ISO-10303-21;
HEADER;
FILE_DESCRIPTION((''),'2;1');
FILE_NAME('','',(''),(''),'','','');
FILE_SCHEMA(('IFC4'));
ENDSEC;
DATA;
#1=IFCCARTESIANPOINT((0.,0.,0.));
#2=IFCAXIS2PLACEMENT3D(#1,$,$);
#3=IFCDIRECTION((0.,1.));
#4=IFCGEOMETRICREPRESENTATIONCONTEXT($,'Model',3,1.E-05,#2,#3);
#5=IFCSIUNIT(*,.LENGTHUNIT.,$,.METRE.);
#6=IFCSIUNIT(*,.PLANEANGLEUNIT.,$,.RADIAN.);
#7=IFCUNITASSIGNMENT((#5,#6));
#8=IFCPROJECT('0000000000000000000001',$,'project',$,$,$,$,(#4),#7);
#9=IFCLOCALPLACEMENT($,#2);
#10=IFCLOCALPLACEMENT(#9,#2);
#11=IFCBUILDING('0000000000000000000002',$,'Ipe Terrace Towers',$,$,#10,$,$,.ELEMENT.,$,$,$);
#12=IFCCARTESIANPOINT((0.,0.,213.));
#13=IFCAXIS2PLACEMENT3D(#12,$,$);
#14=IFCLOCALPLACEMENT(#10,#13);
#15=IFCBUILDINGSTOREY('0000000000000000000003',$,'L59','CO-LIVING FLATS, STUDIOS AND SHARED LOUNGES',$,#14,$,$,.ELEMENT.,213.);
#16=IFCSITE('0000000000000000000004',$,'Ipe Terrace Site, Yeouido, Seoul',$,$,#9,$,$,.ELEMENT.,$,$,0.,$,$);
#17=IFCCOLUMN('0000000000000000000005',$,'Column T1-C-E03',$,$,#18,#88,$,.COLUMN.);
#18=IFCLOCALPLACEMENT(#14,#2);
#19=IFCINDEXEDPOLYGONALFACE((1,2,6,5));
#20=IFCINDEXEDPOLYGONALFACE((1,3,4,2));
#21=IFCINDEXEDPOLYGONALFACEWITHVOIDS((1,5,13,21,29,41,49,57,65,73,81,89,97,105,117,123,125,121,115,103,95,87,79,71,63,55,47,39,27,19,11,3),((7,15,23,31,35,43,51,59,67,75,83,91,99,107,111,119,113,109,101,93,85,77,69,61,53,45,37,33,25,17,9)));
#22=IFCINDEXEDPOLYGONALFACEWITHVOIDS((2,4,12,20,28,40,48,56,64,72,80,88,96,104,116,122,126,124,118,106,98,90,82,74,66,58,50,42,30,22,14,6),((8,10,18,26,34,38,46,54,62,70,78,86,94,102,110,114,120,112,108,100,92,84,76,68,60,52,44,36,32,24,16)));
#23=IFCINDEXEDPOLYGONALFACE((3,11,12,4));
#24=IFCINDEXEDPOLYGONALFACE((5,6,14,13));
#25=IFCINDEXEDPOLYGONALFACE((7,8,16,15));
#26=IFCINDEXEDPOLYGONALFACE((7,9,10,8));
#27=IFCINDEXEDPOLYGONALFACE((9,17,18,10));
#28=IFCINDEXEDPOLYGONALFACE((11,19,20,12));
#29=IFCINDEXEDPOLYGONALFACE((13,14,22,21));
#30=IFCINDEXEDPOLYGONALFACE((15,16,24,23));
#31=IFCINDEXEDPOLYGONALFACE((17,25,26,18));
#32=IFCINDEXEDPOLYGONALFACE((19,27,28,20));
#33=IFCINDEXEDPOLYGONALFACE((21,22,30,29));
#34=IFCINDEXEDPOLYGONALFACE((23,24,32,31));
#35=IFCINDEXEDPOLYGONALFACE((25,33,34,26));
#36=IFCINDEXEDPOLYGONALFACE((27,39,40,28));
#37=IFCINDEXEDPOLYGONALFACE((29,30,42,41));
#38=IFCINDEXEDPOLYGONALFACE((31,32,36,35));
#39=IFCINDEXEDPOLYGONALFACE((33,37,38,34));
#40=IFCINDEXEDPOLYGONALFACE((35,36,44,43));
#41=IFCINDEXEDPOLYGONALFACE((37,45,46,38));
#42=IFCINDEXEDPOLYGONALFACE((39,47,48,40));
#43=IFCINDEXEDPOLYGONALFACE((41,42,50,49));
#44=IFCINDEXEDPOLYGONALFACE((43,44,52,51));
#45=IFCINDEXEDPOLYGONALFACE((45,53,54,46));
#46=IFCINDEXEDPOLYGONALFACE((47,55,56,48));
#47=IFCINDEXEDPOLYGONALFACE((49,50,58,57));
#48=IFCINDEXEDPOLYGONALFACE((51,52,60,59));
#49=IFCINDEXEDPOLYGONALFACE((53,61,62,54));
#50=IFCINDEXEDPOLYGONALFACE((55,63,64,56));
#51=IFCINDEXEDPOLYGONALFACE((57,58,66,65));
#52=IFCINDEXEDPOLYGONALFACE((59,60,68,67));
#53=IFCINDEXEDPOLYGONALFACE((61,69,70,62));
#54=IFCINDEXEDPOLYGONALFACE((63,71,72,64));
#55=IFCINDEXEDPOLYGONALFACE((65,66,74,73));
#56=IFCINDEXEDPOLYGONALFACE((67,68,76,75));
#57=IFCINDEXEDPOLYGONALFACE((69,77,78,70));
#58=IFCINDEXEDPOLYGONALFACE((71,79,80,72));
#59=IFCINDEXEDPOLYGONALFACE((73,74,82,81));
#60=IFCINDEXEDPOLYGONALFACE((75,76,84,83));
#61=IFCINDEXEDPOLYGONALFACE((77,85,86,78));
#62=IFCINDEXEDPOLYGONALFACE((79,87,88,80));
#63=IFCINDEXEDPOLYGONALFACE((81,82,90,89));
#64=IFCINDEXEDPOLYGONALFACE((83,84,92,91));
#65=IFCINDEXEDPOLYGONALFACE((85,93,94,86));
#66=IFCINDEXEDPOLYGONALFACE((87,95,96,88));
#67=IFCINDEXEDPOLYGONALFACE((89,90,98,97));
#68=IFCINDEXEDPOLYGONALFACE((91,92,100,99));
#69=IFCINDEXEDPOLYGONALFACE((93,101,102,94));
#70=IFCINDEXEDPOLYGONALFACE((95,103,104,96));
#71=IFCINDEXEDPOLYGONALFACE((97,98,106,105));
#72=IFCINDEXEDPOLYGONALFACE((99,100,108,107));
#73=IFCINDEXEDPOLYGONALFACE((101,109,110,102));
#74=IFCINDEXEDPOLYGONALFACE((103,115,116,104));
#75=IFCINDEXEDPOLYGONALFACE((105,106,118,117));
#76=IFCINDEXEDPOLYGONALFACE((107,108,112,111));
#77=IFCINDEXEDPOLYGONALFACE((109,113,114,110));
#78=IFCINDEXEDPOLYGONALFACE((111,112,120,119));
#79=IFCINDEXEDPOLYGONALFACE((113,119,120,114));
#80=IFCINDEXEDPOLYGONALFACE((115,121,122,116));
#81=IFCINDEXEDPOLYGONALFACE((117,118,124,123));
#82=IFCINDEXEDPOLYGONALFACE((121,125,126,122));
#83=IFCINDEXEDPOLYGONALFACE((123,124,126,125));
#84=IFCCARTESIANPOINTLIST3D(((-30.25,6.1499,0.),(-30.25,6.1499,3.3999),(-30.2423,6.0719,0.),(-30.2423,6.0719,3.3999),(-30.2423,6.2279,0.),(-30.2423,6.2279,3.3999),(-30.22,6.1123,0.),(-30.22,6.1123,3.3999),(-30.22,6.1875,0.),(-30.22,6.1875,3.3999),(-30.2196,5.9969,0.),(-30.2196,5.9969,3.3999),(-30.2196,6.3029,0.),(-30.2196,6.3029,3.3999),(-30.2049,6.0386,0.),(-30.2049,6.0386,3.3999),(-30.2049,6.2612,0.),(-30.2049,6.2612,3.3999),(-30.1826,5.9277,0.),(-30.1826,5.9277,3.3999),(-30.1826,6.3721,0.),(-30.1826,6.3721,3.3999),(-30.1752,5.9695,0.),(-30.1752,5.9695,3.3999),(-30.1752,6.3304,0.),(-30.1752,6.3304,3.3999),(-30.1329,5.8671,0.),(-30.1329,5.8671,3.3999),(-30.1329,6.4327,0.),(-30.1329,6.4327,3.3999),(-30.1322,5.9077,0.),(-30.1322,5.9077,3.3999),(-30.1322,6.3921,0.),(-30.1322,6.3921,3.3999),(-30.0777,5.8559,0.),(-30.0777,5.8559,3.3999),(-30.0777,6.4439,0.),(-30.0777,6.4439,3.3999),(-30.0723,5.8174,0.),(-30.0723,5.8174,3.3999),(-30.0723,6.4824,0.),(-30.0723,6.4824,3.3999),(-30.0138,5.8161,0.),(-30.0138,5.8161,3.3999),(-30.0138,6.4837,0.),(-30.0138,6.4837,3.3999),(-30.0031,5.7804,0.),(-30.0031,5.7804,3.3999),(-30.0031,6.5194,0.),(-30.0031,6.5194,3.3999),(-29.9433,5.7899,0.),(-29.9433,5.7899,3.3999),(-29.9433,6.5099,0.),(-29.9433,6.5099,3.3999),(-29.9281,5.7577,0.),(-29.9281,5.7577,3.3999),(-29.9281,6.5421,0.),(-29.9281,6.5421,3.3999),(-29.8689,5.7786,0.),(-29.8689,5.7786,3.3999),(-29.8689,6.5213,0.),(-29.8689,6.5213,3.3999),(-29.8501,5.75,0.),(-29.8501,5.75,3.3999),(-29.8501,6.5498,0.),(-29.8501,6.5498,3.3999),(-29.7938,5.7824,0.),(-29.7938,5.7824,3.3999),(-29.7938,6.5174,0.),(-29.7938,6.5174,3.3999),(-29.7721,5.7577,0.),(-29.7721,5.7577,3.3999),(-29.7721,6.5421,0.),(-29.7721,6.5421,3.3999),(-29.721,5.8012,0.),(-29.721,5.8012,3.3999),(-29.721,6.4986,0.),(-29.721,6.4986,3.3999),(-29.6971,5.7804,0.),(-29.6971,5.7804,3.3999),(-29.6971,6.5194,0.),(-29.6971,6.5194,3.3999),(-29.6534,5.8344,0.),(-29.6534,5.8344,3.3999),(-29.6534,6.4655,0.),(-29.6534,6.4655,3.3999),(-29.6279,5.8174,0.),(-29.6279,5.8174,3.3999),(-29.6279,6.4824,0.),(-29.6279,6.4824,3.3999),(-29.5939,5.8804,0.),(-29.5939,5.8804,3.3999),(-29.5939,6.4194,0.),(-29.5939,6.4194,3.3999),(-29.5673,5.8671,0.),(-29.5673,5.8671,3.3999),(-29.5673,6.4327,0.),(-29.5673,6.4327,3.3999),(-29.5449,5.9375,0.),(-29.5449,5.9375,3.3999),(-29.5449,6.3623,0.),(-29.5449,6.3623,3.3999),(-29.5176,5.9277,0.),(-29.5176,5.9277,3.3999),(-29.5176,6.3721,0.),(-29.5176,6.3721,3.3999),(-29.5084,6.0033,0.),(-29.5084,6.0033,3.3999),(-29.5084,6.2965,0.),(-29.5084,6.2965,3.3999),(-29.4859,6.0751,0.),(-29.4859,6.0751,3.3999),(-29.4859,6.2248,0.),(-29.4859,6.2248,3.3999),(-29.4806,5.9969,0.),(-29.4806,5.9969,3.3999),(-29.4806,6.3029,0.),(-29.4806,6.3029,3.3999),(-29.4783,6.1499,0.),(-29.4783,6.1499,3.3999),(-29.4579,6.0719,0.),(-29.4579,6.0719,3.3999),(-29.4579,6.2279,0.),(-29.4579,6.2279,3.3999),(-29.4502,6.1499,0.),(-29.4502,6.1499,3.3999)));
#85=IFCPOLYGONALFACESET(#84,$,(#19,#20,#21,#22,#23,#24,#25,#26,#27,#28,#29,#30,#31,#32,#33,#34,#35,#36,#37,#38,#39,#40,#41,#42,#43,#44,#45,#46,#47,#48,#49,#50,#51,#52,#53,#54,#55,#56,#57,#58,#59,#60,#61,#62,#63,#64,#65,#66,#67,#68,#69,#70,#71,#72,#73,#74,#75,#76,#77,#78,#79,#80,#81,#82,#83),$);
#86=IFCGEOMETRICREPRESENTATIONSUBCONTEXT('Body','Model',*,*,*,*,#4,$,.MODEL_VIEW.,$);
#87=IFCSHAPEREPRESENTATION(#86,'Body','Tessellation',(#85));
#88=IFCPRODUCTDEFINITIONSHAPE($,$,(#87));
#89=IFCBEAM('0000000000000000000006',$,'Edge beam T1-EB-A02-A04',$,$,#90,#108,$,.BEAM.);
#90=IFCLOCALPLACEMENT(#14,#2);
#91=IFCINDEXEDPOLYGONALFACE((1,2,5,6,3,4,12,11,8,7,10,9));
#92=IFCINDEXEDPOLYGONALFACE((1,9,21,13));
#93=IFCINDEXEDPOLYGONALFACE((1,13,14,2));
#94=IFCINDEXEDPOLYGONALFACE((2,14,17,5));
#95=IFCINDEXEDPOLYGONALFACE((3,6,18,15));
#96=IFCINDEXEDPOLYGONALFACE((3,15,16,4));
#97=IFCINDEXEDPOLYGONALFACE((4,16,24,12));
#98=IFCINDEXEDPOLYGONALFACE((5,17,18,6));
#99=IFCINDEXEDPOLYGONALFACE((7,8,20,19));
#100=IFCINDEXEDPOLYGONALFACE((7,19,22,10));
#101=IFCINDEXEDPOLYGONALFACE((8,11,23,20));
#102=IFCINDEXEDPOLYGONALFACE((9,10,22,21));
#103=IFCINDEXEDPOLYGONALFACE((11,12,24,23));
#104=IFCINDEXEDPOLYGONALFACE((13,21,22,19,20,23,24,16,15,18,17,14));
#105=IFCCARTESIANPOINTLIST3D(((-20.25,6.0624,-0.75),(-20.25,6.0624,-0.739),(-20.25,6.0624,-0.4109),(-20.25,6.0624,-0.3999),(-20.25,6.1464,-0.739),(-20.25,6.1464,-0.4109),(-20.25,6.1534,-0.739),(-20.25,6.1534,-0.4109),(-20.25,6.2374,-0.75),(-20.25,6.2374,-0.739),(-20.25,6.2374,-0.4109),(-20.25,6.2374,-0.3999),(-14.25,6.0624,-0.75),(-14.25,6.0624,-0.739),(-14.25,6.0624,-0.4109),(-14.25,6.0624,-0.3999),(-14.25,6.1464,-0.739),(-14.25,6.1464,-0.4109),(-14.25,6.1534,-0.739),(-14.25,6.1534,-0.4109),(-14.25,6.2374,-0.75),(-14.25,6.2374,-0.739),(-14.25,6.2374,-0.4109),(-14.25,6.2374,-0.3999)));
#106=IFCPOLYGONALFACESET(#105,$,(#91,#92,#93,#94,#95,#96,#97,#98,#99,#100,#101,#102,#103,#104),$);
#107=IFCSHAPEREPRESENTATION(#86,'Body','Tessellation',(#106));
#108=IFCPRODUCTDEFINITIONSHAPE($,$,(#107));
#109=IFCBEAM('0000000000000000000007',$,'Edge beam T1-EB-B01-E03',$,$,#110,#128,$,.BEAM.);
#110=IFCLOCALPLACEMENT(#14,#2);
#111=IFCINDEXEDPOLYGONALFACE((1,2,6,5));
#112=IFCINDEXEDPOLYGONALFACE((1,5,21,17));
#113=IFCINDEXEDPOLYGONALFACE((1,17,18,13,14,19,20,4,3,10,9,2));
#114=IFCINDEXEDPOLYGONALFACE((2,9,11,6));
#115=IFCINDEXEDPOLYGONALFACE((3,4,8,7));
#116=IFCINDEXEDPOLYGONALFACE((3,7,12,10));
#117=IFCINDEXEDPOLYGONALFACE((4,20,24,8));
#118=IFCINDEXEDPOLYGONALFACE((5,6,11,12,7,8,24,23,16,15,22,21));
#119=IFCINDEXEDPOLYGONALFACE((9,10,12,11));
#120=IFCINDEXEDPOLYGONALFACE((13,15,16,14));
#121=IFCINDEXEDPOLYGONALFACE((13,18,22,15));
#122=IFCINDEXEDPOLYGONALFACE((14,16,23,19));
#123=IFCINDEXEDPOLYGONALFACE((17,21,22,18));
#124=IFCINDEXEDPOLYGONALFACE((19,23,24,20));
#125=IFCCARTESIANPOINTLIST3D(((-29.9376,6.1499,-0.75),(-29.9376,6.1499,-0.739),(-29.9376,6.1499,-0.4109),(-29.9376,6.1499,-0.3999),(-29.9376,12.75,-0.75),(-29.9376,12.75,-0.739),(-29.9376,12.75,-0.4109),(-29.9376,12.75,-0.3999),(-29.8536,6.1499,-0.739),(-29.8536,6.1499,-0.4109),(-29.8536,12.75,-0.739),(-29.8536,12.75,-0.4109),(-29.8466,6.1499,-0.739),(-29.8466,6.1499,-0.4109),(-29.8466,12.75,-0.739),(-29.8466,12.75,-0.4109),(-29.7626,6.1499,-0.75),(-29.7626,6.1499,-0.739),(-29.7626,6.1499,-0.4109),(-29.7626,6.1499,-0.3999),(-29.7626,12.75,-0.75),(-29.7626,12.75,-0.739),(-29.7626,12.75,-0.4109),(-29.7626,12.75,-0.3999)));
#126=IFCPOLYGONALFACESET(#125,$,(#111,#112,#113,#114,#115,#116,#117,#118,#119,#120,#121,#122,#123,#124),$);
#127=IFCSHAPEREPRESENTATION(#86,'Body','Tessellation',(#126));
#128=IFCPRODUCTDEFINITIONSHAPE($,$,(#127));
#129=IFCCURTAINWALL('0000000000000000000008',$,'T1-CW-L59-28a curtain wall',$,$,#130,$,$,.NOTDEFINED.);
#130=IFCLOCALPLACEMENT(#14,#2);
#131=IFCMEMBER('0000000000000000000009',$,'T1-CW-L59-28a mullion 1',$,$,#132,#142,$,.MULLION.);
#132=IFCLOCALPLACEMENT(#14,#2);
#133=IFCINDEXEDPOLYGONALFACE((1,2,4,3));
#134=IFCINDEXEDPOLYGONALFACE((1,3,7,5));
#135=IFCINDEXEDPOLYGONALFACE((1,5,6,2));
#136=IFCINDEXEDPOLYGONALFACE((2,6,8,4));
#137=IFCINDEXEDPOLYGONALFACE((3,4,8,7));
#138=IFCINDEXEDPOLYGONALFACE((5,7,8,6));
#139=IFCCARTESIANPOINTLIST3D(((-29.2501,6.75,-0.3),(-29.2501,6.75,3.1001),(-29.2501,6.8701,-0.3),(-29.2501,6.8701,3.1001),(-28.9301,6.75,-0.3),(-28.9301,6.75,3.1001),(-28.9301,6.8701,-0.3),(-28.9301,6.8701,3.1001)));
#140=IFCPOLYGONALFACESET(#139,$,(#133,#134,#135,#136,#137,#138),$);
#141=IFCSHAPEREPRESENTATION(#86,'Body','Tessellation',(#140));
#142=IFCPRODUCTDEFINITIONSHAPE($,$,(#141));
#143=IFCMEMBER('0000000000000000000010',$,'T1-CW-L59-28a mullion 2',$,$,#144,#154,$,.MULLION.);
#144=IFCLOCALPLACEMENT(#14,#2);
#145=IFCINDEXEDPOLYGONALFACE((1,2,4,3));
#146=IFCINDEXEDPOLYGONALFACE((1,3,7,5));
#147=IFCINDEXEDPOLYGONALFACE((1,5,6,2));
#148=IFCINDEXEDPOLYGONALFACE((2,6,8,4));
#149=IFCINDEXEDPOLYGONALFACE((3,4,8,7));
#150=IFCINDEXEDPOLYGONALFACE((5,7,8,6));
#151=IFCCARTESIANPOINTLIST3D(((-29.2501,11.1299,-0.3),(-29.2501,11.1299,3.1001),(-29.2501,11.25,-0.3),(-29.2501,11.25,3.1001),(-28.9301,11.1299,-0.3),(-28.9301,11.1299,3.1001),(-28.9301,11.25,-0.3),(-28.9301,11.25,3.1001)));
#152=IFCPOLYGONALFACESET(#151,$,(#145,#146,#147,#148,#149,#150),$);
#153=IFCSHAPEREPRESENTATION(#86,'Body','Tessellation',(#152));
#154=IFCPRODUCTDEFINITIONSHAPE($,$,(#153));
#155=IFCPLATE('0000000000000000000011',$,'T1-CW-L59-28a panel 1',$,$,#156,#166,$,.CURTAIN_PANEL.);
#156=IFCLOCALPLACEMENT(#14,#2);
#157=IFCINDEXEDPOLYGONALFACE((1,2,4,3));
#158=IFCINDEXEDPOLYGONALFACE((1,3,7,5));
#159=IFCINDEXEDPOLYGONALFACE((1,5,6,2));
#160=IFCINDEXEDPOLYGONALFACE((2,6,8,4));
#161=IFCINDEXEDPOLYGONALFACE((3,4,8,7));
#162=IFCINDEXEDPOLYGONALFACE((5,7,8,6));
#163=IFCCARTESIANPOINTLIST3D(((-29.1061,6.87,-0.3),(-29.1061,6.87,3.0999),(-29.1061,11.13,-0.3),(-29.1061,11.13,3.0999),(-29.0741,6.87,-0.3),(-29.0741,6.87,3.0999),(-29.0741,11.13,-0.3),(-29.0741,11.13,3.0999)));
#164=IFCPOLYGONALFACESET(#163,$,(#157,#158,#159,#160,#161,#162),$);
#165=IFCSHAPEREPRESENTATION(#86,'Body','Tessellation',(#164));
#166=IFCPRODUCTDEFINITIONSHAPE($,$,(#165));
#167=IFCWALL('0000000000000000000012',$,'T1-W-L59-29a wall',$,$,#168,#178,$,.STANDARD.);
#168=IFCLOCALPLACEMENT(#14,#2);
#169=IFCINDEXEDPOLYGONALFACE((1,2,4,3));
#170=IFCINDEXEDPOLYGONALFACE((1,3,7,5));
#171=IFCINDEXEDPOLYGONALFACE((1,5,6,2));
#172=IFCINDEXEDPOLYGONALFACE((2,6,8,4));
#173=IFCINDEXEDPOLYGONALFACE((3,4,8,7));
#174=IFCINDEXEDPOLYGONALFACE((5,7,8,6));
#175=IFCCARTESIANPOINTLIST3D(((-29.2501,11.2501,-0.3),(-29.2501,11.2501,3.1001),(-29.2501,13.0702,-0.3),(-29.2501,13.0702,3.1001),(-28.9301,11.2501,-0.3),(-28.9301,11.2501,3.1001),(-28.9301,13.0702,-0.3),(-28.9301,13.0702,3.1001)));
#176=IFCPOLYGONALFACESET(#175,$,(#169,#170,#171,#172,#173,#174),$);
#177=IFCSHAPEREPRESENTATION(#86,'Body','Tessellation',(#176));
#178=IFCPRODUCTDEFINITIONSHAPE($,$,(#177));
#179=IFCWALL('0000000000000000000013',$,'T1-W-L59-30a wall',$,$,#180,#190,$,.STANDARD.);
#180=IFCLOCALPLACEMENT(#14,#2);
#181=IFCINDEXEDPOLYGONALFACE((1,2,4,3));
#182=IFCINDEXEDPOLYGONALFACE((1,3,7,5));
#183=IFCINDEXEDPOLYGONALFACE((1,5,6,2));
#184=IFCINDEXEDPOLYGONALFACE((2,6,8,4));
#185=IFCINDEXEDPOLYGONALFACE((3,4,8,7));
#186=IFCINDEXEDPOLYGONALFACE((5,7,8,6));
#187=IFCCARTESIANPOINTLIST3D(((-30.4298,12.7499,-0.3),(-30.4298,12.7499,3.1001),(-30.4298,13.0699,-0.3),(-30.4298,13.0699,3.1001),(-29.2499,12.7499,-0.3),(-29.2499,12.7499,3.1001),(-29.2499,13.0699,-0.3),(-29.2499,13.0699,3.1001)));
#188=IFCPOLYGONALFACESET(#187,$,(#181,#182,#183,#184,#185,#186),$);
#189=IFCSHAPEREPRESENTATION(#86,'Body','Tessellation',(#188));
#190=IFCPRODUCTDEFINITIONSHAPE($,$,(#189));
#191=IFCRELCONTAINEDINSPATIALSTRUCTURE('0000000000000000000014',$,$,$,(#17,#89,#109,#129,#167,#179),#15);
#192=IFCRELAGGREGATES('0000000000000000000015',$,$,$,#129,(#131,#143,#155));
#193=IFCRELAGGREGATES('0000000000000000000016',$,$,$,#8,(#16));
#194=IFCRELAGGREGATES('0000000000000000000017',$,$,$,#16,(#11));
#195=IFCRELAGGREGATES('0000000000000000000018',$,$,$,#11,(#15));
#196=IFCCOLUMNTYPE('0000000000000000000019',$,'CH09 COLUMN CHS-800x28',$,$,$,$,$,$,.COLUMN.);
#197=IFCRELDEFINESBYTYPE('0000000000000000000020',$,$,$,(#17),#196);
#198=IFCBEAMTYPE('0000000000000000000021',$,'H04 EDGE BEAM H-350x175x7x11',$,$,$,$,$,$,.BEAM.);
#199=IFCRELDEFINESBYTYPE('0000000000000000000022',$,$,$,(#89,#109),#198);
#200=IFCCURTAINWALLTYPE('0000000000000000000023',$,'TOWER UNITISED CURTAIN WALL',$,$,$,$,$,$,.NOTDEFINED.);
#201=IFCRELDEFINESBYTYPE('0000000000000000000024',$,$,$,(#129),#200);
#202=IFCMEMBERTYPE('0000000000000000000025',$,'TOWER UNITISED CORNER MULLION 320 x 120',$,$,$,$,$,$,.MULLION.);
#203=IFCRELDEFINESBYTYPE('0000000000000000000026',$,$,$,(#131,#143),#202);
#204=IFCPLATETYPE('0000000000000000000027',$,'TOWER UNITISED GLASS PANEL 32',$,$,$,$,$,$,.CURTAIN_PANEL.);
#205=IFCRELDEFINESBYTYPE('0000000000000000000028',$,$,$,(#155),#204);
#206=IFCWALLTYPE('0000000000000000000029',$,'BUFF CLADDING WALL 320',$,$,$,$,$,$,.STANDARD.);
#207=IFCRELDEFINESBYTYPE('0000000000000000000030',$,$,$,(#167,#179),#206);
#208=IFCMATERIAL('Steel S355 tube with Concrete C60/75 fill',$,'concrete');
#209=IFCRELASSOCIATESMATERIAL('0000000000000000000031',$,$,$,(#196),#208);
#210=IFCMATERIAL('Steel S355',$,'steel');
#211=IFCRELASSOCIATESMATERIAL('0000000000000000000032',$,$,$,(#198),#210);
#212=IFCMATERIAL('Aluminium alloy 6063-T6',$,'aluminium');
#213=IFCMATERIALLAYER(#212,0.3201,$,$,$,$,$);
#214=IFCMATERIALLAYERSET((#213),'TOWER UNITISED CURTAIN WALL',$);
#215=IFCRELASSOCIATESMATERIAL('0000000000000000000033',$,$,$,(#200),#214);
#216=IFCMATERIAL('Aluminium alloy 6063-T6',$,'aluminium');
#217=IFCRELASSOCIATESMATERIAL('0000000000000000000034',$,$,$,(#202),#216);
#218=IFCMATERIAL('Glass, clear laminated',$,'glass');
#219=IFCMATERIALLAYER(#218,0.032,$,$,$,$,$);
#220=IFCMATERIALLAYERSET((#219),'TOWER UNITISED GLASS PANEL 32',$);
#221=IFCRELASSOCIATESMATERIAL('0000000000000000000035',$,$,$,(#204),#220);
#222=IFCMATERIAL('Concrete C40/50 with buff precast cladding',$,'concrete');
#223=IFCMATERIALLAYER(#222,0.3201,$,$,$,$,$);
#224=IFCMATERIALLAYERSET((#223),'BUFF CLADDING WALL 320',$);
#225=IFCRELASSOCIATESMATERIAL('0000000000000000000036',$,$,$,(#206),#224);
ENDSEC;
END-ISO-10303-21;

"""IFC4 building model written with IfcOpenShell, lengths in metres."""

from ifc_helpers import new_model, si_unit, direction, frame, frame_2d, origin, origin_2d, place, context, subcontext, project, spatial, rectangle, hollow_circle, i_section, extrude, material, layer, layer_set, material_profile, profile_set, type_object, element, aggregate, save


model = new_model("IFC4")

# Units and contexts
model_context = context("Model", 3, precision=1e-05, world=origin(), true_north=direction((0.0, 1.0)))
body_context = subcontext(model_context, "Body", "Model", "MODEL_VIEW")
ifc_project = project(units=[si_unit("LENGTHUNIT", "METRE"), si_unit("PLANEANGLEUNIT", "RADIAN")], contexts=[model_context])

# Site, building, storey
site_placement = place(None, origin())
site = spatial("IfcSite", under=ifc_project, at=site_placement, Name="Ipe Terrace Site, Yeouido, Seoul", CompositionType="ELEMENT", RefElevation=0.0)
building_placement = place(site_placement, origin())
building = spatial("IfcBuilding", under=site, at=building_placement, Name="Ipe Terrace Towers", CompositionType="ELEMENT")
storey_placement = place(building_placement, frame((0.0, 0.0, 213.0)))
storey = spatial("IfcBuildingStorey", under=building, at=storey_placement, Name="L59", Description="CO-LIVING FLATS, STUDIOS AND SHARED LOUNGES", CompositionType="ELEMENT", Elevation=213.0)

# Column
ifc_material_1 = material(Name="Steel S355 tube with Concrete C60/75 fill", Category="concrete")
ifc_material_profile_1 = material_profile(ifc_material_1, hollow_circle(Radius=0.3999, WallThickness=0.0281, at=origin_2d()), Name="CHS-800x28")
ifc_profile_set_1 = profile_set([ifc_material_profile_1], Name="Steel S355 tube with Concrete C60/75 fill")
column_type_1 = type_object("IfcColumnType", Name="CH09 COLUMN CHS-800x28", PredefinedType="COLUMN", material=ifc_profile_set_1)
column_placement = place(storey_placement, frame((-29.8501, 6.1499, 0.0), z_axis=(0.0, 0.0, 1.0), x_axis=(1.0, 0.0, 0.0)))
element("IfcColumn", 1, at=column_placement, inside=storey, type_object=column_type_1, Name="Column T1-C-E03", PredefinedType="COLUMN", context=body_context, shape_type="SweptSolid", body=[
    extrude(hollow_circle(Radius=0.3999, WallThickness=0.0281, at=origin_2d()), origin(), (0.0, 0.0, 1.0), 3.3999),
])

# Beams
ifc_material_2 = material(Name="Steel S355", Category="steel")
ifc_material_profile_2 = material_profile(ifc_material_2, i_section(OverallWidth=0.175, OverallDepth=0.3501, WebThickness=0.0071, FlangeThickness=0.011, at=origin_2d()), Name="H-350x175x7x11")
ifc_profile_set_2 = profile_set([ifc_material_profile_2], Name="Steel S355")
beam_type = type_object("IfcBeamType", Name="H04 EDGE BEAM H-350x175x7x11", PredefinedType="BEAM", material=ifc_profile_set_2)
beam_1_placement = place(storey_placement, frame((-20.25, 6.1499, -0.575), z_axis=(1.0, 0.0, 0.0), x_axis=(0.0, 1.0, 0.0)))
element("IfcBeam", 2, at=beam_1_placement, inside=storey, type_object=beam_type, Name="Edge beam T1-EB-A02-A04", PredefinedType="BEAM", context=body_context, shape_type="SweptSolid", body=[
    extrude(i_section(OverallWidth=0.175, OverallDepth=0.3501, WebThickness=0.0071, FlangeThickness=0.011, at=origin_2d()), origin(), (0.0, 0.0, 1.0), 6.0),
])
beam_2_placement = place(storey_placement, frame((-29.8501, 12.75, -0.575), z_axis=(0.0, -1.0, 0.0), x_axis=(1.0, 0.0, 0.0)))
element("IfcBeam", 3, at=beam_2_placement, inside=storey, type_object=beam_type, Name="Edge beam T1-EB-B01-E03", PredefinedType="BEAM", context=body_context, shape_type="SweptSolid", body=[
    extrude(i_section(OverallWidth=0.175, OverallDepth=0.3501, WebThickness=0.0071, FlangeThickness=0.011, at=origin_2d()), origin(), (0.0, 0.0, 1.0), 6.6001),
])

# Curtain wall, members, plate
ifc_material_3 = material(Name="Aluminium alloy 6063-T6", Category="aluminium")
ifc_layer_1 = layer(ifc_material_3, 0.3201)
ifc_layer_set_1 = layer_set([ifc_layer_1], Name="TOWER UNITISED CURTAIN WALL")
curtain_wall_type = type_object("IfcCurtainWallType", Name="TOWER UNITISED CURTAIN WALL", PredefinedType="NOTDEFINED", material=ifc_layer_set_1)
curtain_wall_placement = place(storey_placement, origin())
curtain_wall = element("IfcCurtainWall", 4, at=curtain_wall_placement, inside=storey, type_object=curtain_wall_type, Name="T1-CW-L59-28a curtain wall", PredefinedType="NOTDEFINED")
ifc_material_4 = material(Name="Aluminium alloy 6063-T6", Category="aluminium")
ifc_material_profile_3 = material_profile(ifc_material_4, rectangle(XDim=0.3201, YDim=0.1201, at=origin_2d()), Name="TOWER UNITISED CORNER MULLION 320 x 120")
ifc_profile_set_3 = profile_set([ifc_material_profile_3], Name="Aluminium alloy 6063-T6")
member_type = type_object("IfcMemberType", Name="TOWER UNITISED CORNER MULLION 320 x 120", PredefinedType="MULLION", material=ifc_profile_set_3)
member_1_placement = place(storey_placement, frame((-29.0901, 6.8101, -0.3), z_axis=(0.0, 0.0, 1.0), x_axis=(1.0, 0.0, 0.0)))
member_1 = element("IfcMember", 5, at=member_1_placement, type_object=member_type, Name="T1-CW-L59-28a mullion 1", PredefinedType="MULLION", context=body_context, shape_type="SweptSolid", body=[
    extrude(rectangle(XDim=0.3201, YDim=0.1201, at=origin_2d()), origin(), (0.0, 0.0, 1.0), 3.4001),
])
member_2_placement = place(storey_placement, frame((-29.0901, 11.1899, -0.3), z_axis=(0.0, 0.0, 1.0), x_axis=(1.0, 0.0, 0.0)))
member_2 = element("IfcMember", 6, at=member_2_placement, type_object=member_type, Name="T1-CW-L59-28a mullion 2", PredefinedType="MULLION", context=body_context, shape_type="SweptSolid", body=[
    extrude(rectangle(XDim=0.3201, YDim=0.1201, at=origin_2d()), origin(), (0.0, 0.0, 1.0), 3.4001),
])
ifc_material_5 = material(Name="Glass, clear laminated", Category="glass")
ifc_layer_2 = layer(ifc_material_5, 0.032)
ifc_layer_set_2 = layer_set([ifc_layer_2], Name="TOWER UNITISED GLASS PANEL 32")
plate_type = type_object("IfcPlateType", Name="TOWER UNITISED GLASS PANEL 32", PredefinedType="CURTAIN_PANEL", material=ifc_layer_set_2)
plate_placement = place(storey_placement, frame((-29.0901, 9.0, -0.3), z_axis=(0.0, 0.0, 1.0), x_axis=(0.0, 1.0, 0.0)))
plate = element("IfcPlate", 7, at=plate_placement, type_object=plate_type, Name="T1-CW-L59-28a panel 1", PredefinedType="CURTAIN_PANEL", context=body_context, shape_type="SweptSolid", body=[
    extrude(rectangle(XDim=4.26, YDim=0.032, at=origin_2d()), origin(), (0.0, 0.0, 1.0), 3.3999),
])
aggregate(curtain_wall, [member_1, member_2, plate])

# Walls
ifc_material_6 = material(Name="Concrete C40/50 with buff precast cladding", Category="concrete")
ifc_layer_3 = layer(ifc_material_6, 0.3201)
ifc_layer_set_3 = layer_set([ifc_layer_3], Name="BUFF CLADDING WALL 320")
wall_type_1 = type_object("IfcWallType", Name="BUFF CLADDING WALL 320", PredefinedType="STANDARD", material=ifc_layer_set_3)
wall_1_placement = place(storey_placement, frame((-29.0901, 11.25, -0.3), z_axis=(0.0, 0.0, 1.0), x_axis=(0.0, 1.0, 0.0)))
element("IfcWall", 8, at=wall_1_placement, inside=storey, type_object=wall_type_1, Name="T1-W-L59-29a wall", PredefinedType="STANDARD", context=body_context, shape_type="SweptSolid", body=[
    extrude(rectangle(XDim=1.8201, YDim=0.3201, at=frame_2d((0.9102, 0.0))), origin(), (0.0, 0.0, 1.0), 3.4001),
])
wall_2_placement = place(storey_placement, frame((-29.25, 12.9099, -0.3), z_axis=(0.0, 0.0, 1.0), x_axis=(-1.0, 0.0, 0.0)))
element("IfcWall", 9, at=wall_2_placement, inside=storey, type_object=wall_type_1, Name="T1-W-L59-30a wall", PredefinedType="STANDARD", context=body_context, shape_type="SweptSolid", body=[
    extrude(rectangle(XDim=1.1799, YDim=0.3201, at=frame_2d((0.5898, 0.0))), origin(), (0.0, 0.0, 1.0), 3.4001),
])

save(model, "model.ifc")
